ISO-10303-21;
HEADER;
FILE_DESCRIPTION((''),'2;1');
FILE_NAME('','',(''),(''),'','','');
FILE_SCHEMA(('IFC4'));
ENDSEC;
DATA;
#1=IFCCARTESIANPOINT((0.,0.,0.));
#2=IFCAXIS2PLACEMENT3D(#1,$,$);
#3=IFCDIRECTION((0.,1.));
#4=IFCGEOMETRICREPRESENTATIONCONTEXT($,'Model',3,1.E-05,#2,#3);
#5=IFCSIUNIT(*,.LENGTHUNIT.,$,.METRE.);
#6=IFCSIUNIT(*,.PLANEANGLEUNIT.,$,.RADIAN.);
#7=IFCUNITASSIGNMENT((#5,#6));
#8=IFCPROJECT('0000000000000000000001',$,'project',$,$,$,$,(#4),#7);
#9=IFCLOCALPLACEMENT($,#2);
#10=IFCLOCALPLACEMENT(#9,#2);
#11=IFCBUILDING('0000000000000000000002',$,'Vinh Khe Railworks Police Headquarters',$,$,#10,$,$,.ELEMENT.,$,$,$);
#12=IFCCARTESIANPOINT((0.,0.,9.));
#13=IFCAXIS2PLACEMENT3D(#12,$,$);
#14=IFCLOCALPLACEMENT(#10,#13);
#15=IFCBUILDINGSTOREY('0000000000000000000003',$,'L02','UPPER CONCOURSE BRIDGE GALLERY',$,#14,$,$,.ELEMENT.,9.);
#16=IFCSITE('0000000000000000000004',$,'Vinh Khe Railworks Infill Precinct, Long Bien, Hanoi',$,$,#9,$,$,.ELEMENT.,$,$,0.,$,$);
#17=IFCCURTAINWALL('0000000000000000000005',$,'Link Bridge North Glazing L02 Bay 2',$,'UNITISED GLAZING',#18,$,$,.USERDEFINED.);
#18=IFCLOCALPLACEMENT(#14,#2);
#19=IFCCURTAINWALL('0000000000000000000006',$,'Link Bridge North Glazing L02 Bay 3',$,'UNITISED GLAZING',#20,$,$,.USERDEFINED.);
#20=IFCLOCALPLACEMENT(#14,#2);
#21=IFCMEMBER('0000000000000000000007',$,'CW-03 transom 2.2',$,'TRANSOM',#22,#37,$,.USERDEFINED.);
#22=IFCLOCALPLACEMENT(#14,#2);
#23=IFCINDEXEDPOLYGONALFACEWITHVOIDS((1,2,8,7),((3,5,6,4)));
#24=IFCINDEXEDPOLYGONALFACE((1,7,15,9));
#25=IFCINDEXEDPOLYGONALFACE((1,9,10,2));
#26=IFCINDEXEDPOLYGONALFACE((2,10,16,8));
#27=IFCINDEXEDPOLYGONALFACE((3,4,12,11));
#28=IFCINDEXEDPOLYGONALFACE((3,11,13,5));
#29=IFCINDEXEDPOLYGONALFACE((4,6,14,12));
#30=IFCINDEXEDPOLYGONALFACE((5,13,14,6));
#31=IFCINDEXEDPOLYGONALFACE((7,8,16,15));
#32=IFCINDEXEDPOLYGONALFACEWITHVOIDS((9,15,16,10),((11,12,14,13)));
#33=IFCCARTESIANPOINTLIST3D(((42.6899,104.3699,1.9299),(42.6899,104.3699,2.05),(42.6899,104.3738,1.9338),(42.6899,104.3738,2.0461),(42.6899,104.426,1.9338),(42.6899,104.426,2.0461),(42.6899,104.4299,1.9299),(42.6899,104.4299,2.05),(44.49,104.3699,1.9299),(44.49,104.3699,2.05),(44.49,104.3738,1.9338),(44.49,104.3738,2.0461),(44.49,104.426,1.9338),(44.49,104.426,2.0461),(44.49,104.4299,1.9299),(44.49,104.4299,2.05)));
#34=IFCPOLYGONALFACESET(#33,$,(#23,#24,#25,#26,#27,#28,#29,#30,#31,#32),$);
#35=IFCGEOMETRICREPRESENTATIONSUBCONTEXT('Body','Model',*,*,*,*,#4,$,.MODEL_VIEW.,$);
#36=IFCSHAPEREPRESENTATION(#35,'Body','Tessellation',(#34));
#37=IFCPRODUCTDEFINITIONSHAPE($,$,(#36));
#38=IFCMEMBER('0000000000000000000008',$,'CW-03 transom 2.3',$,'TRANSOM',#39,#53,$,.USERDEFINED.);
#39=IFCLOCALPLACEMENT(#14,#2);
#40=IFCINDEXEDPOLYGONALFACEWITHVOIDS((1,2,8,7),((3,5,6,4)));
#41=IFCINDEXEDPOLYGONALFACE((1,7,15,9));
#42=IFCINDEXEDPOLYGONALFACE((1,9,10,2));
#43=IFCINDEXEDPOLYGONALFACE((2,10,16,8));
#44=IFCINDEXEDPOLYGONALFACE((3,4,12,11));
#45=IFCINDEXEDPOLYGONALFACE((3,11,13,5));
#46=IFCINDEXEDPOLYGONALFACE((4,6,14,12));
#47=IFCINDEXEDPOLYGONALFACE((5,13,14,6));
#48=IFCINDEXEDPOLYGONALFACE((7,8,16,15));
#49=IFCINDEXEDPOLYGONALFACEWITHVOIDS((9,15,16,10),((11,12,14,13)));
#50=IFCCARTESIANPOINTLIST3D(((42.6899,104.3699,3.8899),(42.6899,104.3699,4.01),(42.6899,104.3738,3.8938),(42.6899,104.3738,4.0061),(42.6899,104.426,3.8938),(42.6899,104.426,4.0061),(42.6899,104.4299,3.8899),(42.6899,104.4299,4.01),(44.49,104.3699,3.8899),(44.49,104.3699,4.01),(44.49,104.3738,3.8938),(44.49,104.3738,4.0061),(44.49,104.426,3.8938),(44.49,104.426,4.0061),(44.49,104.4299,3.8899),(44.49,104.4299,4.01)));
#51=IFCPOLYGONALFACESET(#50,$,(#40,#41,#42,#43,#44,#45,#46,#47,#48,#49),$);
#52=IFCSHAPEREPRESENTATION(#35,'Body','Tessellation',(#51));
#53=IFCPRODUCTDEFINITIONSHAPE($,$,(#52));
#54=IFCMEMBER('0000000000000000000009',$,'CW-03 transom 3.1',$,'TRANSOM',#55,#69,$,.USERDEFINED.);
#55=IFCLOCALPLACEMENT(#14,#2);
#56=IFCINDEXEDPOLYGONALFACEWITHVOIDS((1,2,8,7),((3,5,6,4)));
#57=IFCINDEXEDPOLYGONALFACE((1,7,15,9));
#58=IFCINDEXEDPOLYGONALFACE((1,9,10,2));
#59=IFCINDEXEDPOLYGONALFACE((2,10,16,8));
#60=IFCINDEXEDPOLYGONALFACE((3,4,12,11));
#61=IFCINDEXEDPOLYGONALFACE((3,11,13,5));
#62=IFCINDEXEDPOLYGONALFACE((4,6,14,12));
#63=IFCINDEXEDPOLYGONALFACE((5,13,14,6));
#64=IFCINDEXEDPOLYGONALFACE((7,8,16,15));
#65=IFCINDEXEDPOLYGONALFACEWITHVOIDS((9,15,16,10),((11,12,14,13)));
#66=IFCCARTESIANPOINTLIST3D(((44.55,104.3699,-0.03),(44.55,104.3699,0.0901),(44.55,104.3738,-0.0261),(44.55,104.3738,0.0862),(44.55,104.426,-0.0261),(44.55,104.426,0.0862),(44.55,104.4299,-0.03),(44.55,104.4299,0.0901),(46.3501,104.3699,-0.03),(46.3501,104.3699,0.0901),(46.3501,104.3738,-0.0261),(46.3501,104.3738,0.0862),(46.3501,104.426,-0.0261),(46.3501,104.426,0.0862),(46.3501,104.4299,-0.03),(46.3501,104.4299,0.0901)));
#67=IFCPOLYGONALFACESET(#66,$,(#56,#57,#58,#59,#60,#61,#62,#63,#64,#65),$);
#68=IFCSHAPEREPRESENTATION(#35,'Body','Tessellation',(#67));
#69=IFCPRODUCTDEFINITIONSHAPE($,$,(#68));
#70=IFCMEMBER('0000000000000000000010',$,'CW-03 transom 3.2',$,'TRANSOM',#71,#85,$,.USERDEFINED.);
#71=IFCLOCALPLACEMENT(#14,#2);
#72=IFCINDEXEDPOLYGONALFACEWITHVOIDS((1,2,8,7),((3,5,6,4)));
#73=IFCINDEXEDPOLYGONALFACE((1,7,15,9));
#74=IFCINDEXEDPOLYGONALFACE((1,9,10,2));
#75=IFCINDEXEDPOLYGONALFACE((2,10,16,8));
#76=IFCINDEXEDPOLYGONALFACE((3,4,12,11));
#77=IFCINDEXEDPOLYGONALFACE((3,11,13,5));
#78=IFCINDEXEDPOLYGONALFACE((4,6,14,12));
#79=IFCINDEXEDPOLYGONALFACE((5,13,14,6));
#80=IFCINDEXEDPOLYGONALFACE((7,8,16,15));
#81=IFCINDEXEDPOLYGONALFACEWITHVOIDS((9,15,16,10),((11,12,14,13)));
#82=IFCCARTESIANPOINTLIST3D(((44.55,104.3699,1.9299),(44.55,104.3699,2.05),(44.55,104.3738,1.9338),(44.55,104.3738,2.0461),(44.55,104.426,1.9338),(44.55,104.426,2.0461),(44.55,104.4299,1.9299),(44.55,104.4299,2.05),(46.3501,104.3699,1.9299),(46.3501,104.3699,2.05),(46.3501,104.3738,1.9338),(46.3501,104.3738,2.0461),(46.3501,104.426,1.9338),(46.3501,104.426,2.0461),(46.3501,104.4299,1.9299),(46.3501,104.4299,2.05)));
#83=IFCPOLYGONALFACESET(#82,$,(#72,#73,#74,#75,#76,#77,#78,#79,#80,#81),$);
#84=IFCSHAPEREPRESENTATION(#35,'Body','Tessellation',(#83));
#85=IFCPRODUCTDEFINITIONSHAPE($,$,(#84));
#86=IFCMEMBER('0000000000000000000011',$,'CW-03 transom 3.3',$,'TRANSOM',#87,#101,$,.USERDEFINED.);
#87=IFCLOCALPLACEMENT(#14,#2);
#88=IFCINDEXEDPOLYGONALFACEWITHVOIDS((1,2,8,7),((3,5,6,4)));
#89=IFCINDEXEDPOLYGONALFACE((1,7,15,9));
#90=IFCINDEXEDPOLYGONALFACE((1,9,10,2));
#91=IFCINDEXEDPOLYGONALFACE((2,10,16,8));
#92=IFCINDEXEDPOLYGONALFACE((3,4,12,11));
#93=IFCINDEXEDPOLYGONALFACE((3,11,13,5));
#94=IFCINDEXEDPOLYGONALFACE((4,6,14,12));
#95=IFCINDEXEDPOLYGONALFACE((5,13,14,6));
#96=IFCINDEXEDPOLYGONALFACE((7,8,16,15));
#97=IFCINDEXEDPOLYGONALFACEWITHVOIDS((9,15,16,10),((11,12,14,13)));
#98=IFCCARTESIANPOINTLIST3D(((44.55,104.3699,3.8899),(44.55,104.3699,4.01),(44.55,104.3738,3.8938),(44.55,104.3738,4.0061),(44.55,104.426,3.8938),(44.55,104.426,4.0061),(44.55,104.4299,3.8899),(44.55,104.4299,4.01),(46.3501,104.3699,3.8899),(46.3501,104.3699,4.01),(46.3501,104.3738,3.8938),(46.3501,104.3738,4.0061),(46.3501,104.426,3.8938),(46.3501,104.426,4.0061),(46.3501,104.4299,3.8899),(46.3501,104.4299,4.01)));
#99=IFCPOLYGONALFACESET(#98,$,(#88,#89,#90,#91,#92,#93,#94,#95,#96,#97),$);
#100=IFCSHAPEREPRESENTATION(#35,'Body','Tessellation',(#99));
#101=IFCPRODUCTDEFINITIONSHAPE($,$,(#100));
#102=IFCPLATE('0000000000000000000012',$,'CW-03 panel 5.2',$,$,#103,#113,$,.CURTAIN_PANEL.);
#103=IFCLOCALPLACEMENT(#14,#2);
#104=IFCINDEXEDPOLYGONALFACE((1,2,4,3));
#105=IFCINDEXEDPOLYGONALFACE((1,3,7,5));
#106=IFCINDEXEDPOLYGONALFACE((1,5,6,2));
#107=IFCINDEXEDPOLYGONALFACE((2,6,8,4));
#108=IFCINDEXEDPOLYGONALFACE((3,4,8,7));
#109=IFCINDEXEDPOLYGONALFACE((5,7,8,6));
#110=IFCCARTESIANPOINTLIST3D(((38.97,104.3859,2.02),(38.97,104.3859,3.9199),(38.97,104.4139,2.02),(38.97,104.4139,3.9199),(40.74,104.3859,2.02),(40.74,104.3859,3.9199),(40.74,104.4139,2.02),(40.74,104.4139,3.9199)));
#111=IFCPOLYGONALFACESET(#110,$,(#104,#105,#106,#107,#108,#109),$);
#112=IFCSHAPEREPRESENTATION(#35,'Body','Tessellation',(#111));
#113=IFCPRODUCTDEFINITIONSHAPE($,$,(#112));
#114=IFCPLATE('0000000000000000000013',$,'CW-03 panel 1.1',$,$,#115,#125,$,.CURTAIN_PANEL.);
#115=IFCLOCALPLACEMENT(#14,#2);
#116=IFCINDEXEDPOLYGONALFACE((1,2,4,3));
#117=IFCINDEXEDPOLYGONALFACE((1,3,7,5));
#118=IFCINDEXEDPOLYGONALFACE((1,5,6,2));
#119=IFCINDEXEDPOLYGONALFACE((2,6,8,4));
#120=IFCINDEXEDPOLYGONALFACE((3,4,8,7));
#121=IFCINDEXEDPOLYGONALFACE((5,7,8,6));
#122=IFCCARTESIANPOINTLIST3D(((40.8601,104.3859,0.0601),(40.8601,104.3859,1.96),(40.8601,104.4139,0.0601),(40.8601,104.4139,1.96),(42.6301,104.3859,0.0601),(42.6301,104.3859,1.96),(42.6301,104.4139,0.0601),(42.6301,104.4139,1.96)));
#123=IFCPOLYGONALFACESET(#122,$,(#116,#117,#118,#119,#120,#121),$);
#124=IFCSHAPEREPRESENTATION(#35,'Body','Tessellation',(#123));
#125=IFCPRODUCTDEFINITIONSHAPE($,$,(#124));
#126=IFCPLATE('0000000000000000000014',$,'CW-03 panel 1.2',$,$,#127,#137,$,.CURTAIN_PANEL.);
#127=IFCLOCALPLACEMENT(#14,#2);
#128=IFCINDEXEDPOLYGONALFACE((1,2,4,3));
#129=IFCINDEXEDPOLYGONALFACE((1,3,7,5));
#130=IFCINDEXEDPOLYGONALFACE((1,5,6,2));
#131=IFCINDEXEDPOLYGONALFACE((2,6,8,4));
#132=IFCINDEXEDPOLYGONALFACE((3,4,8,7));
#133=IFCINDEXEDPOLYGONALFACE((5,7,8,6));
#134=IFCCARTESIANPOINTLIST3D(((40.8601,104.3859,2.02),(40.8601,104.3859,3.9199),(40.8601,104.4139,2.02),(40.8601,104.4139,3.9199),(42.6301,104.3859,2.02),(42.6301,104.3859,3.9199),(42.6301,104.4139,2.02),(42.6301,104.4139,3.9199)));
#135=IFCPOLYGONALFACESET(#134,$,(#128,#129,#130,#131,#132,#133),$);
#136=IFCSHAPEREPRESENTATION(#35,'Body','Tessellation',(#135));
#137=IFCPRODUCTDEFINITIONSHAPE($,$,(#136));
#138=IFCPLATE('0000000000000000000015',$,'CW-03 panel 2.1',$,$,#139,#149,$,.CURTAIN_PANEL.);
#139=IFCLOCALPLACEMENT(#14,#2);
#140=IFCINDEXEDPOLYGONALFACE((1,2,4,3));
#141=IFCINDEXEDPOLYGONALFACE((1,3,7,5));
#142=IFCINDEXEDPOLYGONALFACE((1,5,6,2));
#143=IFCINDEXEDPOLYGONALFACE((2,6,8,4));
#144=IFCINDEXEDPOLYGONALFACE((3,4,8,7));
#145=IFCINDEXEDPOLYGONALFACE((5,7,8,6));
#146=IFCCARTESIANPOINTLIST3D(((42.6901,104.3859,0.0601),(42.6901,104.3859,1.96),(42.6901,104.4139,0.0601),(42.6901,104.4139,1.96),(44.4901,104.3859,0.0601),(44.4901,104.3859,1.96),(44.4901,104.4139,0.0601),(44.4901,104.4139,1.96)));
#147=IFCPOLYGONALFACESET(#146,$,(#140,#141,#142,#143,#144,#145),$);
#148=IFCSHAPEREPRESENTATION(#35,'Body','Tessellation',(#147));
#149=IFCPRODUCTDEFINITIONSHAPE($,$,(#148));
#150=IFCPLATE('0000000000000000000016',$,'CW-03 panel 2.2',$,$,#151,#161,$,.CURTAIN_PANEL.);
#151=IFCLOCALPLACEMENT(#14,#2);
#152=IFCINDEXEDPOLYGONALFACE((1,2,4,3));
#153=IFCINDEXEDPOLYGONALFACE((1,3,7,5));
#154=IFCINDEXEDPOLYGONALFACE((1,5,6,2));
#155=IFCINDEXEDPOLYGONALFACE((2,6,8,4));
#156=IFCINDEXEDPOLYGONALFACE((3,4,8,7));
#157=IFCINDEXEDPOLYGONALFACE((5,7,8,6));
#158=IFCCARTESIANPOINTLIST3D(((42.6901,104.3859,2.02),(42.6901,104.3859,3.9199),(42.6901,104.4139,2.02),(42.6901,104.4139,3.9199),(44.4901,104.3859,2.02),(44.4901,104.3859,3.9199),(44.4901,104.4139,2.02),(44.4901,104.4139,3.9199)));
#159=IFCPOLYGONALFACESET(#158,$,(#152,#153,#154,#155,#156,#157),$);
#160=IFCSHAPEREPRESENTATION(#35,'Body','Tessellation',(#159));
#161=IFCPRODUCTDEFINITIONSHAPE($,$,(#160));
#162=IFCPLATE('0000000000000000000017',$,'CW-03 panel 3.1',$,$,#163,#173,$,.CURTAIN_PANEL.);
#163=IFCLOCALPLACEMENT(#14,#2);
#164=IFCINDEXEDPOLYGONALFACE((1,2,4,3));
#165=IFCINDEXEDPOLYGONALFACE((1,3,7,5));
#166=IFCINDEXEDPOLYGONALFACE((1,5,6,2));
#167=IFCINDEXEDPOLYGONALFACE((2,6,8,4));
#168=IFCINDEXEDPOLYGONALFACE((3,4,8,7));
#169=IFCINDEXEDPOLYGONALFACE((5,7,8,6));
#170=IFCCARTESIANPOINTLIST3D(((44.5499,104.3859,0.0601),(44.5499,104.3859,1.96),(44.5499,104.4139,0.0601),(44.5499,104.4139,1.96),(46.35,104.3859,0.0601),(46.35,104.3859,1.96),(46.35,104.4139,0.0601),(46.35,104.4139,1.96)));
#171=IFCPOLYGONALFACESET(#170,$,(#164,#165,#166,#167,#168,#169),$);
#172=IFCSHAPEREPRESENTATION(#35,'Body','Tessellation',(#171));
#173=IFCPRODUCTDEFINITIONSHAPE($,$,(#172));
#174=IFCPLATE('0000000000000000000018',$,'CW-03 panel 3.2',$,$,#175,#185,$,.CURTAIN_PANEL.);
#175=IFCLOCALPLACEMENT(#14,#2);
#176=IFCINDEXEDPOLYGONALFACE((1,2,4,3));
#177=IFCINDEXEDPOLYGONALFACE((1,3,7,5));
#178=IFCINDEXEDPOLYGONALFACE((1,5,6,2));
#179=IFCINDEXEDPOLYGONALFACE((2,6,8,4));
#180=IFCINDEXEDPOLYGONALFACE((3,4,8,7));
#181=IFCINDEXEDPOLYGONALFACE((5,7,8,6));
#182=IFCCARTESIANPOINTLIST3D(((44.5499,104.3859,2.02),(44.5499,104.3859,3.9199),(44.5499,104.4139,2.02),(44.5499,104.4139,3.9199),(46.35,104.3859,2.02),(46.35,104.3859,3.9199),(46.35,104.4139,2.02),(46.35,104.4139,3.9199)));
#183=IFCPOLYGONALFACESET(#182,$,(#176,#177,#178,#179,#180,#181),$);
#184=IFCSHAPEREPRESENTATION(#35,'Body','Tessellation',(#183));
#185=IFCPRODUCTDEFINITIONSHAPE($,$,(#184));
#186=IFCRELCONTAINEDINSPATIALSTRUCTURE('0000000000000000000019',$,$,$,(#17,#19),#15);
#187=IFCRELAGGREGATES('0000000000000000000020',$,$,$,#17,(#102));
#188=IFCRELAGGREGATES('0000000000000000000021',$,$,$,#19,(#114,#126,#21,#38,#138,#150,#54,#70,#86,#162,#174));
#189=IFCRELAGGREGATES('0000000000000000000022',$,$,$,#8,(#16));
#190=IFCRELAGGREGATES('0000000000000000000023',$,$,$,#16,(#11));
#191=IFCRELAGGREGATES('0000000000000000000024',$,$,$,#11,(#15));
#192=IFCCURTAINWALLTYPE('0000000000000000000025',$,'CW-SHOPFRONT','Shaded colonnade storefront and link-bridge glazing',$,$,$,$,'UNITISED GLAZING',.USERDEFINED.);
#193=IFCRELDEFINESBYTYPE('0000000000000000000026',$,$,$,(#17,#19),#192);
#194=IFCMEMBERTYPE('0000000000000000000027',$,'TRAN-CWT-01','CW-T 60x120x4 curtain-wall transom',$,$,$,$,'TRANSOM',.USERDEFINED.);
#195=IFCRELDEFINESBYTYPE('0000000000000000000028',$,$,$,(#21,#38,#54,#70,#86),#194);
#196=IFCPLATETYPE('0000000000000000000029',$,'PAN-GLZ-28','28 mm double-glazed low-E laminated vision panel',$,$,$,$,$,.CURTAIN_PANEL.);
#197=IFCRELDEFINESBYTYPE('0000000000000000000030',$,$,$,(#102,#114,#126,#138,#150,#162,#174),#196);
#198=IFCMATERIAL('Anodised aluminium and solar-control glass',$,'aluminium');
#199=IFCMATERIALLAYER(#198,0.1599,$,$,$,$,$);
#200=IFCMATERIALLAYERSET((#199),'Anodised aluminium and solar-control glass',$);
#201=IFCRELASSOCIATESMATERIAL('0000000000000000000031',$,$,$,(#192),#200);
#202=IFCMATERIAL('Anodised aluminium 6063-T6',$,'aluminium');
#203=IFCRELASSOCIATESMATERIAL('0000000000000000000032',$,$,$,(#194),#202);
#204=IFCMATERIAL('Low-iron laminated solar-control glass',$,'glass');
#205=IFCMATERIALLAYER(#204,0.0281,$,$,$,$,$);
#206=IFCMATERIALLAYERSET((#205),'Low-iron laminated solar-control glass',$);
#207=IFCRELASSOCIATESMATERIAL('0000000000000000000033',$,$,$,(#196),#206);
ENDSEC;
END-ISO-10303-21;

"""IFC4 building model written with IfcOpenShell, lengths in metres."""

from ifc_helpers import new_model, si_unit, direction, frame, origin, origin_2d, place, context, subcontext, project, spatial, rectangle, hollow_rectangle, extrude, material, layer, layer_set, material_profile, profile_set, type_object, element, aggregate, save


model = new_model("IFC4")

# Units and contexts
model_context = context("Model", 3, precision=1e-05, world=origin(), true_north=direction((0.0, 1.0)))
body_context = subcontext(model_context, "Body", "Model", "MODEL_VIEW")
ifc_project = project(units=[si_unit("LENGTHUNIT", "METRE"), si_unit("PLANEANGLEUNIT", "RADIAN")], contexts=[model_context])

# Site, building, storey
site_placement = place(None, origin())
site = spatial("IfcSite", under=ifc_project, at=site_placement, Name="Vinh Khe Railworks Infill Precinct, Long Bien, Hanoi", CompositionType="ELEMENT", RefElevation=0.0)
building_placement = place(site_placement, origin())
building = spatial("IfcBuilding", under=site, at=building_placement, Name="Vinh Khe Railworks Police Headquarters", CompositionType="ELEMENT")
storey_placement = place(building_placement, frame((0.0, 0.0, 9.0)))
storey = spatial("IfcBuildingStorey", under=building, at=storey_placement, Name="L02", Description="UPPER CONCOURSE BRIDGE GALLERY", CompositionType="ELEMENT", Elevation=9.0)

# Curtain wall
ifc_material_1 = material(Name="Anodised aluminium and solar-control glass", Category="aluminium")
ifc_layer_1 = layer(ifc_material_1, 0.1599)
ifc_layer_set_1 = layer_set([ifc_layer_1], Name="Anodised aluminium and solar-control glass")
curtain_wall_type = type_object("IfcCurtainWallType", Name="CW-SHOPFRONT", Description="Shaded colonnade storefront and link-bridge glazing", ElementType="UNITISED GLAZING", PredefinedType="USERDEFINED", material=ifc_layer_set_1)
curtain_wall_1_placement = place(storey_placement, origin())
curtain_wall_1 = element("IfcCurtainWall", 1, at=curtain_wall_1_placement, inside=storey, type_object=curtain_wall_type, Name="Link Bridge North Glazing L02 Bay 2", ObjectType="UNITISED GLAZING", PredefinedType="USERDEFINED")
ifc_material_2 = material(Name="Anodised aluminium 6063-T6", Category="aluminium")

# Curtain wall, members
curtain_wall_2_placement = place(storey_placement, origin())
curtain_wall_2 = element("IfcCurtainWall", 2, at=curtain_wall_2_placement, inside=storey, type_object=curtain_wall_type, Name="Link Bridge North Glazing L02 Bay 3", ObjectType="UNITISED GLAZING", PredefinedType="USERDEFINED")
ifc_material_profile_1 = material_profile(ifc_material_2, hollow_rectangle(XDim=0.0601, YDim=0.1201, WallThickness=0.0039, at=origin_2d()), Name="CW-T 60x120x4")
ifc_profile_set_1 = profile_set([ifc_material_profile_1], Name="Anodised aluminium 6063-T6")
member_type_1 = type_object("IfcMemberType", Name="TRAN-CWT-01", Description="CW-T 60x120x4 curtain-wall transom", ElementType="TRANSOM", PredefinedType="USERDEFINED", material=ifc_profile_set_1)
member_1_placement = place(storey_placement, frame((42.6899, 104.3999, 1.99), z_axis=(1.0, 0.0, 0.0), x_axis=(0.0, 1.0, 0.0)))
member_1 = element("IfcMember", 3, at=member_1_placement, type_object=member_type_1, Name="CW-03 transom 2.2", ObjectType="TRANSOM", PredefinedType="USERDEFINED", context=body_context, shape_type="SweptSolid", body=[
    extrude(hollow_rectangle(XDim=0.0601, YDim=0.1201, WallThickness=0.0039, at=origin_2d()), origin(), (0.0, 0.0, 1.0), 1.8),
])
member_2_placement = place(storey_placement, frame((42.6899, 104.3999, 3.95), z_axis=(1.0, 0.0, 0.0), x_axis=(0.0, 1.0, 0.0)))
member_2 = element("IfcMember", 4, at=member_2_placement, type_object=member_type_1, Name="CW-03 transom 2.3", ObjectType="TRANSOM", PredefinedType="USERDEFINED", context=body_context, shape_type="SweptSolid", body=[
    extrude(hollow_rectangle(XDim=0.0601, YDim=0.1201, WallThickness=0.0039, at=origin_2d()), origin(), (0.0, 0.0, 1.0), 1.8),
])
member_3_placement = place(storey_placement, frame((44.55, 104.3999, 0.03), z_axis=(1.0, 0.0, 0.0), x_axis=(0.0, 1.0, 0.0)))
member_3 = element("IfcMember", 5, at=member_3_placement, type_object=member_type_1, Name="CW-03 transom 3.1", ObjectType="TRANSOM", PredefinedType="USERDEFINED", context=body_context, shape_type="SweptSolid", body=[
    extrude(hollow_rectangle(XDim=0.0601, YDim=0.1201, WallThickness=0.0039, at=origin_2d()), origin(), (0.0, 0.0, 1.0), 1.8),
])
member_4_placement = place(storey_placement, frame((44.55, 104.3999, 1.99), z_axis=(1.0, 0.0, 0.0), x_axis=(0.0, 1.0, 0.0)))
member_4 = element("IfcMember", 6, at=member_4_placement, type_object=member_type_1, Name="CW-03 transom 3.2", ObjectType="TRANSOM", PredefinedType="USERDEFINED", context=body_context, shape_type="SweptSolid", body=[
    extrude(hollow_rectangle(XDim=0.0601, YDim=0.1201, WallThickness=0.0039, at=origin_2d()), origin(), (0.0, 0.0, 1.0), 1.8),
])
member_5_placement = place(storey_placement, frame((44.55, 104.3999, 3.95), z_axis=(1.0, 0.0, 0.0), x_axis=(0.0, 1.0, 0.0)))
member_5 = element("IfcMember", 7, at=member_5_placement, type_object=member_type_1, Name="CW-03 transom 3.3", ObjectType="TRANSOM", PredefinedType="USERDEFINED", context=body_context, shape_type="SweptSolid", body=[
    extrude(hollow_rectangle(XDim=0.0601, YDim=0.1201, WallThickness=0.0039, at=origin_2d()), origin(), (0.0, 0.0, 1.0), 1.8),
])

# Plates
ifc_material_3 = material(Name="Low-iron laminated solar-control glass", Category="glass")
ifc_layer_2 = layer(ifc_material_3, 0.0281)
ifc_layer_set_2 = layer_set([ifc_layer_2], Name="Low-iron laminated solar-control glass")
plate_type = type_object("IfcPlateType", Name="PAN-GLZ-28", Description="28 mm double-glazed low-E laminated vision panel", PredefinedType="CURTAIN_PANEL", material=ifc_layer_set_2)
plate_1_placement = place(storey_placement, frame((39.855, 104.3999, 2.02), z_axis=(0.0, 0.0, 1.0), x_axis=(1.0, 0.0, 0.0)))
plate_1 = element("IfcPlate", 8, at=plate_1_placement, type_object=plate_type, Name="CW-03 panel 5.2", PredefinedType="CURTAIN_PANEL", context=body_context, shape_type="SweptSolid", body=[
    extrude(rectangle(XDim=1.77, YDim=0.0281, at=origin_2d()), origin(), (0.0, 0.0, 1.0), 1.8999),
])
aggregate(curtain_wall_1, [plate_1])
plate_2_placement = place(storey_placement, frame((41.7451, 104.3999, 0.0601), z_axis=(0.0, 0.0, 1.0), x_axis=(1.0, 0.0, 0.0)))
plate_2 = element("IfcPlate", 9, at=plate_2_placement, type_object=plate_type, Name="CW-03 panel 1.1", PredefinedType="CURTAIN_PANEL", context=body_context, shape_type="SweptSolid", body=[
    extrude(rectangle(XDim=1.77, YDim=0.0281, at=origin_2d()), origin(), (0.0, 0.0, 1.0), 1.8999),
])
plate_3_placement = place(storey_placement, frame((41.7451, 104.3999, 2.02), z_axis=(0.0, 0.0, 1.0), x_axis=(1.0, 0.0, 0.0)))
plate_3 = element("IfcPlate", 10, at=plate_3_placement, type_object=plate_type, Name="CW-03 panel 1.2", PredefinedType="CURTAIN_PANEL", context=body_context, shape_type="SweptSolid", body=[
    extrude(rectangle(XDim=1.77, YDim=0.0281, at=origin_2d()), origin(), (0.0, 0.0, 1.0), 1.8999),
])
plate_4_placement = place(storey_placement, frame((43.5901, 104.3999, 0.0601), z_axis=(0.0, 0.0, 1.0), x_axis=(1.0, 0.0, 0.0)))
plate_4 = element("IfcPlate", 11, at=plate_4_placement, type_object=plate_type, Name="CW-03 panel 2.1", PredefinedType="CURTAIN_PANEL", context=body_context, shape_type="SweptSolid", body=[
    extrude(rectangle(XDim=1.8, YDim=0.0281, at=origin_2d()), origin(), (0.0, 0.0, 1.0), 1.8999),
])
plate_5_placement = place(storey_placement, frame((43.5901, 104.3999, 2.02), z_axis=(0.0, 0.0, 1.0), x_axis=(1.0, 0.0, 0.0)))
plate_5 = element("IfcPlate", 12, at=plate_5_placement, type_object=plate_type, Name="CW-03 panel 2.2", PredefinedType="CURTAIN_PANEL", context=body_context, shape_type="SweptSolid", body=[
    extrude(rectangle(XDim=1.8, YDim=0.0281, at=origin_2d()), origin(), (0.0, 0.0, 1.0), 1.8999),
])
plate_6_placement = place(storey_placement, frame((45.45, 104.3999, 0.0601), z_axis=(0.0, 0.0, 1.0), x_axis=(1.0, 0.0, 0.0)))
plate_6 = element("IfcPlate", 13, at=plate_6_placement, type_object=plate_type, Name="CW-03 panel 3.1", PredefinedType="CURTAIN_PANEL", context=body_context, shape_type="SweptSolid", body=[
    extrude(rectangle(XDim=1.8, YDim=0.0281, at=origin_2d()), origin(), (0.0, 0.0, 1.0), 1.8999),
])
plate_7_placement = place(storey_placement, frame((45.45, 104.3999, 2.02), z_axis=(0.0, 0.0, 1.0), x_axis=(1.0, 0.0, 0.0)))
plate_7 = element("IfcPlate", 14, at=plate_7_placement, type_object=plate_type, Name="CW-03 panel 3.2", PredefinedType="CURTAIN_PANEL", context=body_context, shape_type="SweptSolid", body=[
    extrude(rectangle(XDim=1.8, YDim=0.0281, at=origin_2d()), origin(), (0.0, 0.0, 1.0), 1.8999),
])
aggregate(curtain_wall_2, [plate_2, plate_3, member_1, member_2, plate_4, plate_5, member_3, member_4, member_5, plate_6, plate_7])

save(model, "model.ifc")
